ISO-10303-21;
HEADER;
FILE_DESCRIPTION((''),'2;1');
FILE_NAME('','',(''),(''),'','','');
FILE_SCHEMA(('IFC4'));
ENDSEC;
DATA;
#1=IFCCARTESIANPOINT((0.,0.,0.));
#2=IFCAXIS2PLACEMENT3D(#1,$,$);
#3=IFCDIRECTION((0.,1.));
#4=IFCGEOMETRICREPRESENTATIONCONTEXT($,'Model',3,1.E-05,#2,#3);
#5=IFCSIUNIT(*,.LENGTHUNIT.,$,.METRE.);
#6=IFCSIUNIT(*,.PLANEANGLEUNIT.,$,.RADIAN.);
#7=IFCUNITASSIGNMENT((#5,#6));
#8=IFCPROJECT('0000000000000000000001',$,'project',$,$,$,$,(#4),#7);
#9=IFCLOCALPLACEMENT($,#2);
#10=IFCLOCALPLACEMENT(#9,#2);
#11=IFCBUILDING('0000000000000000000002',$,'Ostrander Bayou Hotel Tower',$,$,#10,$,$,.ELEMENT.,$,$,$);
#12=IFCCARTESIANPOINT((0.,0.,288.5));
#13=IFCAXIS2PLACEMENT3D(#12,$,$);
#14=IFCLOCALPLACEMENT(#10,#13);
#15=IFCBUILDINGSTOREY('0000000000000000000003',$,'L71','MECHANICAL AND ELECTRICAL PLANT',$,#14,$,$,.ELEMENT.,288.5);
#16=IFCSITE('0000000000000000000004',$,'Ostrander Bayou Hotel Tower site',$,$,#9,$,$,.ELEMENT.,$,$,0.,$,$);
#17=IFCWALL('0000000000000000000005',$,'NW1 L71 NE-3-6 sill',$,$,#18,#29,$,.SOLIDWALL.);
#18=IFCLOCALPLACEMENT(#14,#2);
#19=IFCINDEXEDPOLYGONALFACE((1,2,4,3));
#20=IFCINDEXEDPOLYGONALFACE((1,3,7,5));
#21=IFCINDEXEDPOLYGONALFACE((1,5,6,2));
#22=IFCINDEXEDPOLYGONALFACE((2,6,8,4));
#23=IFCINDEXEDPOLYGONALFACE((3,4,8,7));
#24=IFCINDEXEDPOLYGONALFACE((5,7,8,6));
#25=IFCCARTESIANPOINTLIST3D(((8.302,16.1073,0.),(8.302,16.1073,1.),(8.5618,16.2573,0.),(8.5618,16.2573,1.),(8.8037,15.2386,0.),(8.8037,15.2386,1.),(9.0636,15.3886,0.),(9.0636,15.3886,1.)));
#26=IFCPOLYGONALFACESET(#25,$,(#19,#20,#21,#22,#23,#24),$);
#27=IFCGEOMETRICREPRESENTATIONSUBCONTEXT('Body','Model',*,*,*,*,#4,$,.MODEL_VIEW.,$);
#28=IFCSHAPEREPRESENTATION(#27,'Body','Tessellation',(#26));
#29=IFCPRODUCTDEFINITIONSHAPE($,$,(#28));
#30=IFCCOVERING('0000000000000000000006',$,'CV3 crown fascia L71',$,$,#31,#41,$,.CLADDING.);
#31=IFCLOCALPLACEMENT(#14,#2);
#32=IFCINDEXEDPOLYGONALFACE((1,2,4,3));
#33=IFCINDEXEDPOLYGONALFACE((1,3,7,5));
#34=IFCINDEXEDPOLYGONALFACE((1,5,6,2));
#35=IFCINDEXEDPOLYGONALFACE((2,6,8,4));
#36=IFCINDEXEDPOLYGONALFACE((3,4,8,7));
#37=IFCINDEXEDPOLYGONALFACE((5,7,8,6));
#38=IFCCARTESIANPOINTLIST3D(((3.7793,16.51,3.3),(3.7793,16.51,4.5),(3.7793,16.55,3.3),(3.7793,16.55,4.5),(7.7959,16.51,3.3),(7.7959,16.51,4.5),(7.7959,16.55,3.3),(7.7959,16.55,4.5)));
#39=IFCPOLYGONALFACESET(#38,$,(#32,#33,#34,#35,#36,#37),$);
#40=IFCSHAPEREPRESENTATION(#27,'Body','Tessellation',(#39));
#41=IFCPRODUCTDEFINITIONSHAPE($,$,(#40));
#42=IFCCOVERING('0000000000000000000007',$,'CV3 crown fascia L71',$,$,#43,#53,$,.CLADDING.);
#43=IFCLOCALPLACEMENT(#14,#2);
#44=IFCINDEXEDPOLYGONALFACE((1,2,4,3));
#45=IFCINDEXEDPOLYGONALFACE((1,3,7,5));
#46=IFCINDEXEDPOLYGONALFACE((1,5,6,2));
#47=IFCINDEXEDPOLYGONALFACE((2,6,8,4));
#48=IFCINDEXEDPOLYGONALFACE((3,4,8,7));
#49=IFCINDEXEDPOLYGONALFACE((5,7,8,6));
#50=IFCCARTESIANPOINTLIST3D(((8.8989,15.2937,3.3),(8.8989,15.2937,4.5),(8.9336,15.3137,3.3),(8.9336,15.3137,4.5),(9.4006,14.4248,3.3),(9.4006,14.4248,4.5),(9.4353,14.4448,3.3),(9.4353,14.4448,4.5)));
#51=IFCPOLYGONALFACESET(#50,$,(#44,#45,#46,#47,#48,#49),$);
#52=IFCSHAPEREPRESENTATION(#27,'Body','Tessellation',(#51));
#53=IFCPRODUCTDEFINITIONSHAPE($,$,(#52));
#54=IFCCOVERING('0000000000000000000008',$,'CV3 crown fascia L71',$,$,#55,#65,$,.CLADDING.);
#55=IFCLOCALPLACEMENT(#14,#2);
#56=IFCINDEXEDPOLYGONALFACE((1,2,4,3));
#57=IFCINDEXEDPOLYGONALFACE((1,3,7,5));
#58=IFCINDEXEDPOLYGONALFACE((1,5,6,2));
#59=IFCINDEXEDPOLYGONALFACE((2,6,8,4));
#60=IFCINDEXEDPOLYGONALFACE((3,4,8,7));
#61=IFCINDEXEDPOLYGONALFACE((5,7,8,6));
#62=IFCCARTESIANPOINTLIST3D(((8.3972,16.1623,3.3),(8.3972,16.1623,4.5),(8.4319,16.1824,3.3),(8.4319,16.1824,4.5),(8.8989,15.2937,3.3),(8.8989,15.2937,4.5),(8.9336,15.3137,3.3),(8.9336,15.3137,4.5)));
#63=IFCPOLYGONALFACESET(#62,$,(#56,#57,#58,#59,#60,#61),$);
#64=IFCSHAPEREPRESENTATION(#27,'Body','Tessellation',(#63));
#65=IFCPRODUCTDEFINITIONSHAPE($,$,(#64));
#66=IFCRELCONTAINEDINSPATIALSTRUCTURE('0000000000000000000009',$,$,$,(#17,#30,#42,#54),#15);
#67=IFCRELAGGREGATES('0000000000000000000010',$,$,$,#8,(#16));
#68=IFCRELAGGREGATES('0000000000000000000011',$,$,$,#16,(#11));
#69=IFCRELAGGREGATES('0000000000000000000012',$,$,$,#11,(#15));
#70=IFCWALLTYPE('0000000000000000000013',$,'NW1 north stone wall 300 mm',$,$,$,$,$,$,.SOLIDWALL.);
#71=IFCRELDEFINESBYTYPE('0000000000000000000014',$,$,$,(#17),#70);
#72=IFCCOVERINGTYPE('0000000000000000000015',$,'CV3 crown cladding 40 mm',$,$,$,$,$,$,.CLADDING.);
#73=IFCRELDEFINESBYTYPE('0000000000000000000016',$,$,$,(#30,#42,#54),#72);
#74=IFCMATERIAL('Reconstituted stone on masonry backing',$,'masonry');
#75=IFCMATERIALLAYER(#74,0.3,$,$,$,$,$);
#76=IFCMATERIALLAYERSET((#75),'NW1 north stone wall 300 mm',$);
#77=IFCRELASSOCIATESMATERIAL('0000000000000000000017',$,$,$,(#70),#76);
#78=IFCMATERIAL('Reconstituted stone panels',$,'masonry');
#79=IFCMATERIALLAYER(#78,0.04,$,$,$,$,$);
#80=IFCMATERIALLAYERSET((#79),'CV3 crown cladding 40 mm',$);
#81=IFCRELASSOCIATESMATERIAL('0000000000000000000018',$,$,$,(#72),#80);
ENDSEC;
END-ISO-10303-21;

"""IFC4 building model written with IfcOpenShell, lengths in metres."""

from ifc_helpers import new_model, si_unit, direction, frame, frame_2d, origin, place, context, subcontext, project, spatial, polyline, rectangle, outline, extrude, material, layer, layer_set, type_object, element, save


model = new_model("IFC4")

# Units and contexts
model_context = context("Model", 3, precision=1e-05, world=origin(), true_north=direction((0.0, 1.0)))
body_context = subcontext(model_context, "Body", "Model", "MODEL_VIEW")
ifc_project = project(units=[si_unit("LENGTHUNIT", "METRE"), si_unit("PLANEANGLEUNIT", "RADIAN")], contexts=[model_context])

# Site, building, storey
site_placement = place(None, origin())
site = spatial("IfcSite", under=ifc_project, at=site_placement, Name="Ostrander Bayou Hotel Tower site", CompositionType="ELEMENT", RefElevation=0.0)
building_placement = place(site_placement, origin())
building = spatial("IfcBuilding", under=site, at=building_placement, Name="Ostrander Bayou Hotel Tower", CompositionType="ELEMENT")
storey_placement = place(building_placement, frame((0.0, 0.0, 288.5)))
storey = spatial("IfcBuildingStorey", under=building, at=storey_placement, Name="L71", Description="MECHANICAL AND ELECTRICAL PLANT", CompositionType="ELEMENT", Elevation=288.5)

# Wall
ifc_material_1 = material(Name="Reconstituted stone on masonry backing", Category="masonry")
ifc_layer_1 = layer(ifc_material_1, 0.3)
ifc_layer_set_1 = layer_set([ifc_layer_1], Name="NW1 north stone wall 300 mm")
wall_type = type_object("IfcWallType", Name="NW1 north stone wall 300 mm", PredefinedType="SOLIDWALL", material=ifc_layer_set_1)
wall_1_placement = place(storey_placement, frame((8.9336, 15.3137, 0.0), z_axis=(0.0, 0.0, 1.0), x_axis=(-0.500144, 0.865942, 0.0)))
element("IfcWall", 1, at=wall_1_placement, inside=storey, type_object=wall_type, Name="NW1 L71 NE-3-6 sill", PredefinedType="SOLIDWALL", context=body_context, shape_type="SweptSolid", body=[
    extrude(rectangle(XDim=1.0032, YDim=0.3, at=frame_2d((0.5015, 0.0))), origin(), (0.0, 0.0, 1.0), 1.0),
])

# Coverings
ifc_material_2 = material(Name="Reconstituted stone panels", Category="masonry")
ifc_layer_2 = layer(ifc_material_2, 0.04)
ifc_layer_set_2 = layer_set([ifc_layer_2], Name="CV3 crown cladding 40 mm")
covering_type = type_object("IfcCoveringType", Name="CV3 crown cladding 40 mm", PredefinedType="CLADDING", material=ifc_layer_set_2)
covering_1_placement = place(storey_placement, frame((7.7959, 16.55, 3.3), z_axis=(0.0, 1.0, 0.0), x_axis=(-1.0, 0.0, 0.0)))
element("IfcCovering", 2, at=covering_1_placement, inside=storey, type_object=covering_type, Name="CV3 crown fascia L71", PredefinedType="CLADDING", context=body_context, shape_type="SweptSolid", body=[
    extrude(outline(polyline([(0.0, 0.0), (4.0166, 0.0), (4.0166, 1.2), (0.0, 1.2), (0.0, 0.0)])), origin(), (0.0, 0.0, -1.0), 0.04),
])
covering_2_placement = place(storey_placement, frame((9.4353, 14.4448, 3.3), z_axis=(0.866003, 0.500038, 0.0), x_axis=(-0.500038, 0.866003, 0.0)))
element("IfcCovering", 3, at=covering_2_placement, inside=storey, type_object=covering_type, Name="CV3 crown fascia L71", PredefinedType="CLADDING", context=body_context, shape_type="SweptSolid", body=[
    extrude(outline(polyline([(0.0, 0.0), (1.0033, 0.0), (1.0033, 1.2), (0.0, 1.2), (0.0, 0.0)])), origin(), (0.0, 0.0, -1.0), 0.04),
])
covering_3_placement = place(storey_placement, frame((8.9336, 15.3137, 3.3), z_axis=(0.865942, 0.500144, 0.0), x_axis=(-0.500144, 0.865942, 0.0)))
element("IfcCovering", 4, at=covering_3_placement, inside=storey, type_object=covering_type, Name="CV3 crown fascia L71", PredefinedType="CLADDING", context=body_context, shape_type="SweptSolid", body=[
    extrude(outline(polyline([(0.0, 0.0), (1.0031, 0.0), (1.0031, 1.2), (0.0, 1.2), (0.0, 0.0)])), origin(), (0.0, 0.0, -1.0), 0.04),
])

save(model, "model.ifc")
